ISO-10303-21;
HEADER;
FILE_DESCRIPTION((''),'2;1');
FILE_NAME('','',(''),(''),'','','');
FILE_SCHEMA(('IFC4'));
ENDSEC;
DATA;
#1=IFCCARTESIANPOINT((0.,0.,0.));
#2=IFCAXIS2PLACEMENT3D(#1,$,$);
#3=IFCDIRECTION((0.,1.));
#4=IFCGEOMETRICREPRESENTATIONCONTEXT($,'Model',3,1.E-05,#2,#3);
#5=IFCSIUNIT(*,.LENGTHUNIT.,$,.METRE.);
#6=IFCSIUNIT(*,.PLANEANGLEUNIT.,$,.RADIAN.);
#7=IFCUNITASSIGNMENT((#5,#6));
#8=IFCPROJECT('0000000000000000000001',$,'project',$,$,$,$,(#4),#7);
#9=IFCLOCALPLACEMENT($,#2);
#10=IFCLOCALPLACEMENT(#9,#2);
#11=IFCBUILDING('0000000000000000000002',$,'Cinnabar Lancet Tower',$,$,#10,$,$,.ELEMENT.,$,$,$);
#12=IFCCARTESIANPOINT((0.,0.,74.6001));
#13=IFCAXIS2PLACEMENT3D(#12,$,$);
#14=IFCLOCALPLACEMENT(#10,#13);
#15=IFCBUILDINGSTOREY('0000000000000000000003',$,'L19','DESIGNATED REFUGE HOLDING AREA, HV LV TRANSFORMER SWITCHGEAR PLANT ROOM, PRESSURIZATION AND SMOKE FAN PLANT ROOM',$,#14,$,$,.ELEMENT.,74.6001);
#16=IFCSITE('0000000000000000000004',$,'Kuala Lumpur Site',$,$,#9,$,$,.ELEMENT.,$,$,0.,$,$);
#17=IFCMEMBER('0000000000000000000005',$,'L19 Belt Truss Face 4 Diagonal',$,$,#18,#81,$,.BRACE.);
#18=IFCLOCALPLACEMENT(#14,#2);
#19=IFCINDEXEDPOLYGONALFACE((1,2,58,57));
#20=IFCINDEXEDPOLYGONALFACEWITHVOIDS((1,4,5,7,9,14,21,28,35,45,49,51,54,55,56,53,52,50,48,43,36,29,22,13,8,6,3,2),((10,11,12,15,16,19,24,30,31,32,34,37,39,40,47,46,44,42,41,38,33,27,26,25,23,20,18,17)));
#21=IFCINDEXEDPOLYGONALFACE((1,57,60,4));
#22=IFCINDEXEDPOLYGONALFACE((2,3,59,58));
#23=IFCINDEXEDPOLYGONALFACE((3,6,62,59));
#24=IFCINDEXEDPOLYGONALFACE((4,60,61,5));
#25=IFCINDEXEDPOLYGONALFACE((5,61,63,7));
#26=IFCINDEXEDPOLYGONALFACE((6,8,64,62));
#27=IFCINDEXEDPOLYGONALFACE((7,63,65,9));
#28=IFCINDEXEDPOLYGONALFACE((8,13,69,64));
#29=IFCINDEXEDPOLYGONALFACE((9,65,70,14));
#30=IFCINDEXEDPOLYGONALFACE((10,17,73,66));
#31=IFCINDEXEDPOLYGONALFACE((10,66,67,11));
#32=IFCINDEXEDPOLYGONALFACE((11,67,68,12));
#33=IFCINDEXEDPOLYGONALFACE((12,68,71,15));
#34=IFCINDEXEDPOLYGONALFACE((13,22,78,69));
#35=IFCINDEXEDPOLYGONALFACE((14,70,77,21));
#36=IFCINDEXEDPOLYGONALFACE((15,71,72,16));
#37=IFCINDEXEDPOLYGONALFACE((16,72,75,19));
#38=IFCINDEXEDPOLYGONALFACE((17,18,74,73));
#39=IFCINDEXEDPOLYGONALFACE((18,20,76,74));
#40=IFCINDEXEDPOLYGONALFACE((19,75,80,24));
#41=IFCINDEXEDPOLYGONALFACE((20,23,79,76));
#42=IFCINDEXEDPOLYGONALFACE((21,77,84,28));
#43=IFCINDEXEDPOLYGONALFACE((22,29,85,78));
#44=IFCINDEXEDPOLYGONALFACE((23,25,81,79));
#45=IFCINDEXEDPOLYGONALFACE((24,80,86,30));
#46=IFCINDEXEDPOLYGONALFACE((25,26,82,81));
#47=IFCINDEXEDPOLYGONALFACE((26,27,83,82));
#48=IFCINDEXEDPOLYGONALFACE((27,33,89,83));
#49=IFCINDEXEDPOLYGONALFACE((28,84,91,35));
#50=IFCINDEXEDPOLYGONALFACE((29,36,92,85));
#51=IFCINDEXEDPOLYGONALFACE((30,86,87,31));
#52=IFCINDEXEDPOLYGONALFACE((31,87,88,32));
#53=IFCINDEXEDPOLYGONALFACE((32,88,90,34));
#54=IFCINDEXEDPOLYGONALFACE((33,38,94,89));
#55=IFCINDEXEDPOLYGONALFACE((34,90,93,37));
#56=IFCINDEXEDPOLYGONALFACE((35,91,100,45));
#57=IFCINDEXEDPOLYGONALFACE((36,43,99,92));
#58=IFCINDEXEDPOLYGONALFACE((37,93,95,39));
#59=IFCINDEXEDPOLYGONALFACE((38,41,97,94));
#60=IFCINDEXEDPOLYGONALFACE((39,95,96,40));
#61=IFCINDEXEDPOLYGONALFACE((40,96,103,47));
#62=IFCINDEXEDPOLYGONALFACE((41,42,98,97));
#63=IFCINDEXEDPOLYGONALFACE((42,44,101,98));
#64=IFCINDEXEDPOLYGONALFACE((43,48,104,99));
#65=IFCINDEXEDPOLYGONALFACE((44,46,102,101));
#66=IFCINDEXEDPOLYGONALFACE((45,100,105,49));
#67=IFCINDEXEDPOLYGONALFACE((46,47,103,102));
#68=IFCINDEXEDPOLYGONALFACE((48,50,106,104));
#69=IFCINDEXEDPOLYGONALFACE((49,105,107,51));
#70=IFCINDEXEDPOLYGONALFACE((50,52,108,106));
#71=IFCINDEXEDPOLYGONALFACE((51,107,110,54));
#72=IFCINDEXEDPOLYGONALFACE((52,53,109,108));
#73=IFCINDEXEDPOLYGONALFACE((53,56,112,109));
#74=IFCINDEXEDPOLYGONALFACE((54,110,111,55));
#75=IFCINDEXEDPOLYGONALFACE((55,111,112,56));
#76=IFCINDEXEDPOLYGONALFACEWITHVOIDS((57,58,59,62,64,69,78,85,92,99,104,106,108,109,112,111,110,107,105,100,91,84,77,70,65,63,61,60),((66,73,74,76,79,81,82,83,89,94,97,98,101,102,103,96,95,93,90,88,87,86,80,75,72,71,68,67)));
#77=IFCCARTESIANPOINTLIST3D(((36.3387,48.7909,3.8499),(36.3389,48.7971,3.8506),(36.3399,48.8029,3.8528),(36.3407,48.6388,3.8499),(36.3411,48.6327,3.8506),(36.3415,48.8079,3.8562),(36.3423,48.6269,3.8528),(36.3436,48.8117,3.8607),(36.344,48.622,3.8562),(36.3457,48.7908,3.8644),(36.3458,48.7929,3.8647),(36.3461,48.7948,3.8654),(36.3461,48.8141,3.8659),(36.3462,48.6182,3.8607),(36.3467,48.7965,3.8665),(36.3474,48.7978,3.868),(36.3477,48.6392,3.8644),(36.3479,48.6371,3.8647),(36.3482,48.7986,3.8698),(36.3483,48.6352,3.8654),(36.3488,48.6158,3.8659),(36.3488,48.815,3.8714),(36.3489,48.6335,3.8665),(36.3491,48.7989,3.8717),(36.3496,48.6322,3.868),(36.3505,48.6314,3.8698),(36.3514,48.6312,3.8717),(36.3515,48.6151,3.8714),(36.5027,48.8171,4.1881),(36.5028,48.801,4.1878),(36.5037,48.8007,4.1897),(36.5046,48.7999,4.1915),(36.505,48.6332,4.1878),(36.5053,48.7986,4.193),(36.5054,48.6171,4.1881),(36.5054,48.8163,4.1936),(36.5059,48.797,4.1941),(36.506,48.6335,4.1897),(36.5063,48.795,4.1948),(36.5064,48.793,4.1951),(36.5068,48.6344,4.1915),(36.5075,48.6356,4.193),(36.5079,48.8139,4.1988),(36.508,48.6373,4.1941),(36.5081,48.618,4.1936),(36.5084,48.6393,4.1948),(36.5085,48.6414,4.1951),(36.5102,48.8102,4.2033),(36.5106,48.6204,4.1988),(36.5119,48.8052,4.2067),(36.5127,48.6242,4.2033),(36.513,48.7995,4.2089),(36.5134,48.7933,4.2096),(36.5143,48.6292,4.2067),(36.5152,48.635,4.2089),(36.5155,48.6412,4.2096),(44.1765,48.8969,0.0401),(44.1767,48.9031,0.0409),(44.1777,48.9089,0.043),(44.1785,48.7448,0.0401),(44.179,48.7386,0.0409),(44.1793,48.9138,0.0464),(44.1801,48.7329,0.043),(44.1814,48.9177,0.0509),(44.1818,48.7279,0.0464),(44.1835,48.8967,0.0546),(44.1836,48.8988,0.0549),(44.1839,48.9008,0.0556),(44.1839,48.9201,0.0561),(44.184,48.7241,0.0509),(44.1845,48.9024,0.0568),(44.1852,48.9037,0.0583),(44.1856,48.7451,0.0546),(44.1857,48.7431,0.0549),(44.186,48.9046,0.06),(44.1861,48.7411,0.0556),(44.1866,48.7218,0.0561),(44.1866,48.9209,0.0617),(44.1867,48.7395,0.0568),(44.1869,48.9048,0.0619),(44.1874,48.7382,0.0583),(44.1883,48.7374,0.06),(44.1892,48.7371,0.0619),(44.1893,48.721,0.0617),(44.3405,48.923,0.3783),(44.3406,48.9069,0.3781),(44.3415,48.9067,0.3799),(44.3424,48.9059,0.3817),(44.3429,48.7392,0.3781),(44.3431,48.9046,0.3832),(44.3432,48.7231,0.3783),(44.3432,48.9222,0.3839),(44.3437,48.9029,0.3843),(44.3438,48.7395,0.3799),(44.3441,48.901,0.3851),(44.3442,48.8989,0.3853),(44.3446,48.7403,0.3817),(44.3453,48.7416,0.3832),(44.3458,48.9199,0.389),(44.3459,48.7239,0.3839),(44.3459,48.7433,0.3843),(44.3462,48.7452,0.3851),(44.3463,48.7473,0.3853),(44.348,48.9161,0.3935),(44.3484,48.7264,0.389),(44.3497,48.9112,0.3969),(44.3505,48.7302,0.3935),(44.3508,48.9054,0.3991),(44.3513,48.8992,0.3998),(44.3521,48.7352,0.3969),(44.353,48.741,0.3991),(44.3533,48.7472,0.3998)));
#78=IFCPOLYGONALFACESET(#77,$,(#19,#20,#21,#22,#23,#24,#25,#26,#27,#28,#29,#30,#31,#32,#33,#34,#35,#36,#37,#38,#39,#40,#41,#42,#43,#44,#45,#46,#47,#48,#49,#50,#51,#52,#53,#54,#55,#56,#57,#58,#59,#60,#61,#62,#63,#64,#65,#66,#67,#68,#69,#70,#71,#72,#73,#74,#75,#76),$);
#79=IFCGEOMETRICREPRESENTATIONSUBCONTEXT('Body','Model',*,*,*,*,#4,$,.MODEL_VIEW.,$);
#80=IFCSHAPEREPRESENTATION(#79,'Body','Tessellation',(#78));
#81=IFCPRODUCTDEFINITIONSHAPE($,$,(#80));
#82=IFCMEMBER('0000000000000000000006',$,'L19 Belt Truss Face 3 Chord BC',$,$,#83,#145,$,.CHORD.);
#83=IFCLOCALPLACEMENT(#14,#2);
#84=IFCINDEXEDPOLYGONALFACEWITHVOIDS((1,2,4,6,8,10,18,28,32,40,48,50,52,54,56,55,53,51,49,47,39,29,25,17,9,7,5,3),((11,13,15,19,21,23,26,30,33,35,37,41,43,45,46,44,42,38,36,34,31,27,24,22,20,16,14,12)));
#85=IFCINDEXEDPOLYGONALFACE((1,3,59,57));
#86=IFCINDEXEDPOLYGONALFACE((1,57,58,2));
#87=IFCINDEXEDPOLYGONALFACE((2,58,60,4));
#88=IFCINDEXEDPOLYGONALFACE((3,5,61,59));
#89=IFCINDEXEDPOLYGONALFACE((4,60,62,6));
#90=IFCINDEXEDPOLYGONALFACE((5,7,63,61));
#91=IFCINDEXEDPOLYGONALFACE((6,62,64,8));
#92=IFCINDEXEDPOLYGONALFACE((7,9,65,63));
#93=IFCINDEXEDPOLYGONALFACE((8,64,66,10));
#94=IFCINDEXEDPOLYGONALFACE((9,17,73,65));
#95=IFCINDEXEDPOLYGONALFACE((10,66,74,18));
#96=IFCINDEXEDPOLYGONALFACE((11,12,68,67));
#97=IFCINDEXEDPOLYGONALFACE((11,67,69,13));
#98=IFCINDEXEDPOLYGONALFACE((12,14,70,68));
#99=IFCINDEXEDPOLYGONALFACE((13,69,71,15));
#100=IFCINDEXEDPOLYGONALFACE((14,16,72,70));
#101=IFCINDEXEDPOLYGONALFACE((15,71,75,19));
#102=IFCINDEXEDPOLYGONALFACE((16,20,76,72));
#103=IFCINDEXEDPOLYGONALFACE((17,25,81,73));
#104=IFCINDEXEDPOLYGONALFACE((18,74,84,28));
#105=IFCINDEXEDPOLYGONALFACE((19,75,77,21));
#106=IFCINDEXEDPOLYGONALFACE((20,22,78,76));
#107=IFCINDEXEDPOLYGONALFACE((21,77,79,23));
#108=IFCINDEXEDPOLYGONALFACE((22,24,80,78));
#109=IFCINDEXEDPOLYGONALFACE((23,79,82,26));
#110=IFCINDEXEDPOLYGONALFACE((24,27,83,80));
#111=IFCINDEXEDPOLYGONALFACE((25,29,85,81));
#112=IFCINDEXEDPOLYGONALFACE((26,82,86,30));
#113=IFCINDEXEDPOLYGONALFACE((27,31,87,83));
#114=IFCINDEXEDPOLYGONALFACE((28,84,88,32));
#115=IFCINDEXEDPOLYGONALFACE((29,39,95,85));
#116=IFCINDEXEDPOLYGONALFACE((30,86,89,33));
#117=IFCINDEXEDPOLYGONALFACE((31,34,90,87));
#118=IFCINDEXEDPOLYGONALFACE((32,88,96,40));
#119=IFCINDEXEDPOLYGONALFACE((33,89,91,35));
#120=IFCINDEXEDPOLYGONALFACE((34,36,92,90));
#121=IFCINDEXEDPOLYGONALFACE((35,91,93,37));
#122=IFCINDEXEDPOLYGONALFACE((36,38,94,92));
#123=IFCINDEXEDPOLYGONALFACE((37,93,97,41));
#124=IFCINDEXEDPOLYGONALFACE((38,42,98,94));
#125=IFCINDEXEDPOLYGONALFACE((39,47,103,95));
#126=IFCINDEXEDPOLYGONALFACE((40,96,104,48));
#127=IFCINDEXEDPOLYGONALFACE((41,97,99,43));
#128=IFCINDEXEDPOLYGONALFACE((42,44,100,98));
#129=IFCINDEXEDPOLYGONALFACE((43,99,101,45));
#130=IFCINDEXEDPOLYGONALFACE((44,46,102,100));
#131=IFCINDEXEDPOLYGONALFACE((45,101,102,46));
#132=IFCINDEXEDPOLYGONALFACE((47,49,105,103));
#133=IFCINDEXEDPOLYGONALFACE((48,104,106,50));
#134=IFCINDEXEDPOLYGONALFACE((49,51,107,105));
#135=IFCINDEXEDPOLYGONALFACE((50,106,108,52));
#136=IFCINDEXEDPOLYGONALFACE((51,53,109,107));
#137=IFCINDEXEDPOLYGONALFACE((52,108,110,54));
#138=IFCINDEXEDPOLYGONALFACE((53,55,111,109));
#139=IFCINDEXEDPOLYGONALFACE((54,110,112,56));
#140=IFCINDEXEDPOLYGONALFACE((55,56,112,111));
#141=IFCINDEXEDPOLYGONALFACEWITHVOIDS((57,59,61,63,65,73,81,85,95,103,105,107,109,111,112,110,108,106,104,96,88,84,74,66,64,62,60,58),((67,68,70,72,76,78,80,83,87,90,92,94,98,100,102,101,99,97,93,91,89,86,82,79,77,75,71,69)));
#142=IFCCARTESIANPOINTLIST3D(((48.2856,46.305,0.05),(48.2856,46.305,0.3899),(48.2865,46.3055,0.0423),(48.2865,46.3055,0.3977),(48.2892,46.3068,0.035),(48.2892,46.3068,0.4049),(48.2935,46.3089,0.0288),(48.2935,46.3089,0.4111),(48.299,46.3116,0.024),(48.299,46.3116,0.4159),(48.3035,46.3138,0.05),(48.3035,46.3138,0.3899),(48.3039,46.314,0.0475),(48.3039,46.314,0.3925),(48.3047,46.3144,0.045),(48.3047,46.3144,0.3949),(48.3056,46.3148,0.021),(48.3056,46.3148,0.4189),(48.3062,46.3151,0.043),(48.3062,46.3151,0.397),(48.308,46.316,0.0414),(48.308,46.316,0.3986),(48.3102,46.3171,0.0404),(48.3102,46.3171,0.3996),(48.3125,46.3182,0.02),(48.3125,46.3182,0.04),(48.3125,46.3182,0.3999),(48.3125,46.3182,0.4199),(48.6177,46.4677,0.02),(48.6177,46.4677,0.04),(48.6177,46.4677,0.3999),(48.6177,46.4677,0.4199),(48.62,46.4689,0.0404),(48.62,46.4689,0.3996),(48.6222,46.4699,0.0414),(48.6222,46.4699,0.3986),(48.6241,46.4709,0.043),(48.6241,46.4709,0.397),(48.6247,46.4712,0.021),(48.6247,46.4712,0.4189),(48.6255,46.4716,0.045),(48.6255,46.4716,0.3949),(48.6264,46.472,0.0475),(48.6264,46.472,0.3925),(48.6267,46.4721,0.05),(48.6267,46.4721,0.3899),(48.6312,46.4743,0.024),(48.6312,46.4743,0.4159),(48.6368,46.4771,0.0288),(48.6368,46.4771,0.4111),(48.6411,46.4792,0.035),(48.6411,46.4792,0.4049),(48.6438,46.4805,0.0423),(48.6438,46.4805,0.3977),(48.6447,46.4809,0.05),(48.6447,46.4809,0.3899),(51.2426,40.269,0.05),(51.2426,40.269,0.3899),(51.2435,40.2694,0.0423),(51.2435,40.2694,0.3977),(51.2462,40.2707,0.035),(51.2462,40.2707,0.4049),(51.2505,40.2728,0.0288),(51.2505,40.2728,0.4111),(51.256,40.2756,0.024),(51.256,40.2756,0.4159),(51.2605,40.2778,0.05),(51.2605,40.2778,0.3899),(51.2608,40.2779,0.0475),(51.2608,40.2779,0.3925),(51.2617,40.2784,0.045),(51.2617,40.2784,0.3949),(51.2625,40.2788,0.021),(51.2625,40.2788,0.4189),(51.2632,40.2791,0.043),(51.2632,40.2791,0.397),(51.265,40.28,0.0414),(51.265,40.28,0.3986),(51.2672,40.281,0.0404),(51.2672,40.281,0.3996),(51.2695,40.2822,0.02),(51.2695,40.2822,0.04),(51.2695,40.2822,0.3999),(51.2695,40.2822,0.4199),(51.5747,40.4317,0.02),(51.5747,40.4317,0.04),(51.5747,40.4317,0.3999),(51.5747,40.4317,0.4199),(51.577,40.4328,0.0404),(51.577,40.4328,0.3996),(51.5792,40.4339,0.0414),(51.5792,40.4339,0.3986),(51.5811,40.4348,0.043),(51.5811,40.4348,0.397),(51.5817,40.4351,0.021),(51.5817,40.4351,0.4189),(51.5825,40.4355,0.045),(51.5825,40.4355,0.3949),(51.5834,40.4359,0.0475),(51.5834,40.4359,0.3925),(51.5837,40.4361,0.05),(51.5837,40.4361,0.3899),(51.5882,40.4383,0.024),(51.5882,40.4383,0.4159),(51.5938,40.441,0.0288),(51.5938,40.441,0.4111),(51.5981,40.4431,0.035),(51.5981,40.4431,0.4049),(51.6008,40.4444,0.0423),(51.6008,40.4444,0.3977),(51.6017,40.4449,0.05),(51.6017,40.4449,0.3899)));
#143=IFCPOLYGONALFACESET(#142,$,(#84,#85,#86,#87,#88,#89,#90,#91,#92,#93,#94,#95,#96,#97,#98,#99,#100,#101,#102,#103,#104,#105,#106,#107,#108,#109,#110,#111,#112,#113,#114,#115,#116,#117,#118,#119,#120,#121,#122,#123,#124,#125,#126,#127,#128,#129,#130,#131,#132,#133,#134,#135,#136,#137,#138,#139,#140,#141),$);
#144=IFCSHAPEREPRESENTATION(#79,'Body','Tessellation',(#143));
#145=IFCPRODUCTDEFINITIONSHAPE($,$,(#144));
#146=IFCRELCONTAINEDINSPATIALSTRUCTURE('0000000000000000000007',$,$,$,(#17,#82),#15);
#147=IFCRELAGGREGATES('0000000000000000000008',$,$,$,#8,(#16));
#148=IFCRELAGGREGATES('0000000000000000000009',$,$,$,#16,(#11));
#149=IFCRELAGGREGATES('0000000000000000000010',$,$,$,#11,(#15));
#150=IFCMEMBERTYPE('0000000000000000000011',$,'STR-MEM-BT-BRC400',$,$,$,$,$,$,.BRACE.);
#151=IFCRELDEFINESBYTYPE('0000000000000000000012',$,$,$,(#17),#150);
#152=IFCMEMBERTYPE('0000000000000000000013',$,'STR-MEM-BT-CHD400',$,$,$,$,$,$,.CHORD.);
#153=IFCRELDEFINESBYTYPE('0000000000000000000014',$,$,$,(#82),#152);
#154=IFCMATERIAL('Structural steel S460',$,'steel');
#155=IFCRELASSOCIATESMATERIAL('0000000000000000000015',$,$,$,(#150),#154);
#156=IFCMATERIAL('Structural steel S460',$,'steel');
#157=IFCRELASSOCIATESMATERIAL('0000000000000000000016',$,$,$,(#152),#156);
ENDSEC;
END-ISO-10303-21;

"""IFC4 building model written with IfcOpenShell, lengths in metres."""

from ifc_helpers import new_model, si_unit, direction, frame, origin, origin_2d, place, context, subcontext, project, spatial, hollow_rectangle, extrude, material, material_profile, profile_set, type_object, element, save


model = new_model("IFC4")

# Units and contexts
model_context = context("Model", 3, precision=1e-05, world=origin(), true_north=direction((0.0, 1.0)))
body_context = subcontext(model_context, "Body", "Model", "MODEL_VIEW")
ifc_project = project(units=[si_unit("LENGTHUNIT", "METRE"), si_unit("PLANEANGLEUNIT", "RADIAN")], contexts=[model_context])

# Site, building, storey
site_placement = place(None, origin())
site = spatial("IfcSite", under=ifc_project, at=site_placement, Name="Kuala Lumpur Site", CompositionType="ELEMENT", RefElevation=0.0)
building_placement = place(site_placement, origin())
building = spatial("IfcBuilding", under=site, at=building_placement, Name="Cinnabar Lancet Tower", CompositionType="ELEMENT")
storey_placement = place(building_placement, frame((0.0, 0.0, 74.6001)))
storey = spatial("IfcBuildingStorey", under=building, at=storey_placement, Name="L19", Description="DESIGNATED REFUGE HOLDING AREA, HV LV TRANSFORMER SWITCHGEAR PLANT ROOM, PRESSURIZATION AND SMOKE FAN PLANT ROOM", CompositionType="ELEMENT", Elevation=74.6001)

# Members
ifc_material_1 = material(Name="Structural steel S460", Category="steel")
ifc_material_profile_1 = material_profile(ifc_material_1, hollow_rectangle(XDim=0.2, YDim=0.3999, WallThickness=0.0161, InnerFilletRadius=0.0081, OuterFilletRadius=0.0239, at=origin_2d()), Name="RHS 400x200x16")
ifc_profile_set_1 = profile_set([ifc_material_profile_1], Name="Structural steel S460")
member_type_1 = type_object("IfcMemberType", Name="STR-MEM-BT-BRC400", PredefinedType="BRACE", material=ifc_profile_set_1)
member_1_placement = place(storey_placement, frame((44.2649, 48.822, 0.22), z_axis=(-0.899314, -0.012157, 0.437135), x_axis=(0.013517, -0.999909, 0.0)))
element("IfcMember", 1, at=member_1_placement, inside=storey, type_object=member_type_1, Name="L19 Belt Truss Face 4 Diagonal", PredefinedType="BRACE", context=body_context, shape_type="SweptSolid", body=[
    extrude(hollow_rectangle(XDim=0.2, YDim=0.3999, WallThickness=0.0161, InnerFilletRadius=0.0081, OuterFilletRadius=0.0239, at=origin_2d()), origin(), (0.0, 0.0, 1.0), 8.7153),
])
ifc_material_2 = material(Name="Structural steel S460", Category="steel")
ifc_material_profile_2 = material_profile(ifc_material_2, hollow_rectangle(XDim=0.3999, YDim=0.3999, WallThickness=0.02, InnerFilletRadius=0.01, OuterFilletRadius=0.03, at=origin_2d()), Name="SHS 400x400x20")
ifc_profile_set_2 = profile_set([ifc_material_profile_2], Name="Structural steel S460")
member_type_2 = type_object("IfcMemberType", Name="STR-MEM-BT-CHD400", PredefinedType="CHORD", material=ifc_profile_set_2)
for number, where, z_axis, x_axis, name in (
    (2, (51.4221, 40.3569, 0.22), (-0.439934, 0.89803, 0.0), (-0.89803, -0.439934, 0.0), "L19 Belt Truss Face 3 Chord BC"),
):
    element("IfcMember", number, at=place(storey_placement, frame(where, z_axis=z_axis, x_axis=x_axis)), inside=storey, type_object=member_type_2, Name=name, PredefinedType="CHORD", context=body_context, shape_type="SweptSolid", body=[
        extrude(hollow_rectangle(XDim=0.3999, YDim=0.3999, WallThickness=0.02, InnerFilletRadius=0.01, OuterFilletRadius=0.03, at=origin_2d()), origin(), (0.0, 0.0, 1.0), 6.7214),
    ])

save(model, "model.ifc")
